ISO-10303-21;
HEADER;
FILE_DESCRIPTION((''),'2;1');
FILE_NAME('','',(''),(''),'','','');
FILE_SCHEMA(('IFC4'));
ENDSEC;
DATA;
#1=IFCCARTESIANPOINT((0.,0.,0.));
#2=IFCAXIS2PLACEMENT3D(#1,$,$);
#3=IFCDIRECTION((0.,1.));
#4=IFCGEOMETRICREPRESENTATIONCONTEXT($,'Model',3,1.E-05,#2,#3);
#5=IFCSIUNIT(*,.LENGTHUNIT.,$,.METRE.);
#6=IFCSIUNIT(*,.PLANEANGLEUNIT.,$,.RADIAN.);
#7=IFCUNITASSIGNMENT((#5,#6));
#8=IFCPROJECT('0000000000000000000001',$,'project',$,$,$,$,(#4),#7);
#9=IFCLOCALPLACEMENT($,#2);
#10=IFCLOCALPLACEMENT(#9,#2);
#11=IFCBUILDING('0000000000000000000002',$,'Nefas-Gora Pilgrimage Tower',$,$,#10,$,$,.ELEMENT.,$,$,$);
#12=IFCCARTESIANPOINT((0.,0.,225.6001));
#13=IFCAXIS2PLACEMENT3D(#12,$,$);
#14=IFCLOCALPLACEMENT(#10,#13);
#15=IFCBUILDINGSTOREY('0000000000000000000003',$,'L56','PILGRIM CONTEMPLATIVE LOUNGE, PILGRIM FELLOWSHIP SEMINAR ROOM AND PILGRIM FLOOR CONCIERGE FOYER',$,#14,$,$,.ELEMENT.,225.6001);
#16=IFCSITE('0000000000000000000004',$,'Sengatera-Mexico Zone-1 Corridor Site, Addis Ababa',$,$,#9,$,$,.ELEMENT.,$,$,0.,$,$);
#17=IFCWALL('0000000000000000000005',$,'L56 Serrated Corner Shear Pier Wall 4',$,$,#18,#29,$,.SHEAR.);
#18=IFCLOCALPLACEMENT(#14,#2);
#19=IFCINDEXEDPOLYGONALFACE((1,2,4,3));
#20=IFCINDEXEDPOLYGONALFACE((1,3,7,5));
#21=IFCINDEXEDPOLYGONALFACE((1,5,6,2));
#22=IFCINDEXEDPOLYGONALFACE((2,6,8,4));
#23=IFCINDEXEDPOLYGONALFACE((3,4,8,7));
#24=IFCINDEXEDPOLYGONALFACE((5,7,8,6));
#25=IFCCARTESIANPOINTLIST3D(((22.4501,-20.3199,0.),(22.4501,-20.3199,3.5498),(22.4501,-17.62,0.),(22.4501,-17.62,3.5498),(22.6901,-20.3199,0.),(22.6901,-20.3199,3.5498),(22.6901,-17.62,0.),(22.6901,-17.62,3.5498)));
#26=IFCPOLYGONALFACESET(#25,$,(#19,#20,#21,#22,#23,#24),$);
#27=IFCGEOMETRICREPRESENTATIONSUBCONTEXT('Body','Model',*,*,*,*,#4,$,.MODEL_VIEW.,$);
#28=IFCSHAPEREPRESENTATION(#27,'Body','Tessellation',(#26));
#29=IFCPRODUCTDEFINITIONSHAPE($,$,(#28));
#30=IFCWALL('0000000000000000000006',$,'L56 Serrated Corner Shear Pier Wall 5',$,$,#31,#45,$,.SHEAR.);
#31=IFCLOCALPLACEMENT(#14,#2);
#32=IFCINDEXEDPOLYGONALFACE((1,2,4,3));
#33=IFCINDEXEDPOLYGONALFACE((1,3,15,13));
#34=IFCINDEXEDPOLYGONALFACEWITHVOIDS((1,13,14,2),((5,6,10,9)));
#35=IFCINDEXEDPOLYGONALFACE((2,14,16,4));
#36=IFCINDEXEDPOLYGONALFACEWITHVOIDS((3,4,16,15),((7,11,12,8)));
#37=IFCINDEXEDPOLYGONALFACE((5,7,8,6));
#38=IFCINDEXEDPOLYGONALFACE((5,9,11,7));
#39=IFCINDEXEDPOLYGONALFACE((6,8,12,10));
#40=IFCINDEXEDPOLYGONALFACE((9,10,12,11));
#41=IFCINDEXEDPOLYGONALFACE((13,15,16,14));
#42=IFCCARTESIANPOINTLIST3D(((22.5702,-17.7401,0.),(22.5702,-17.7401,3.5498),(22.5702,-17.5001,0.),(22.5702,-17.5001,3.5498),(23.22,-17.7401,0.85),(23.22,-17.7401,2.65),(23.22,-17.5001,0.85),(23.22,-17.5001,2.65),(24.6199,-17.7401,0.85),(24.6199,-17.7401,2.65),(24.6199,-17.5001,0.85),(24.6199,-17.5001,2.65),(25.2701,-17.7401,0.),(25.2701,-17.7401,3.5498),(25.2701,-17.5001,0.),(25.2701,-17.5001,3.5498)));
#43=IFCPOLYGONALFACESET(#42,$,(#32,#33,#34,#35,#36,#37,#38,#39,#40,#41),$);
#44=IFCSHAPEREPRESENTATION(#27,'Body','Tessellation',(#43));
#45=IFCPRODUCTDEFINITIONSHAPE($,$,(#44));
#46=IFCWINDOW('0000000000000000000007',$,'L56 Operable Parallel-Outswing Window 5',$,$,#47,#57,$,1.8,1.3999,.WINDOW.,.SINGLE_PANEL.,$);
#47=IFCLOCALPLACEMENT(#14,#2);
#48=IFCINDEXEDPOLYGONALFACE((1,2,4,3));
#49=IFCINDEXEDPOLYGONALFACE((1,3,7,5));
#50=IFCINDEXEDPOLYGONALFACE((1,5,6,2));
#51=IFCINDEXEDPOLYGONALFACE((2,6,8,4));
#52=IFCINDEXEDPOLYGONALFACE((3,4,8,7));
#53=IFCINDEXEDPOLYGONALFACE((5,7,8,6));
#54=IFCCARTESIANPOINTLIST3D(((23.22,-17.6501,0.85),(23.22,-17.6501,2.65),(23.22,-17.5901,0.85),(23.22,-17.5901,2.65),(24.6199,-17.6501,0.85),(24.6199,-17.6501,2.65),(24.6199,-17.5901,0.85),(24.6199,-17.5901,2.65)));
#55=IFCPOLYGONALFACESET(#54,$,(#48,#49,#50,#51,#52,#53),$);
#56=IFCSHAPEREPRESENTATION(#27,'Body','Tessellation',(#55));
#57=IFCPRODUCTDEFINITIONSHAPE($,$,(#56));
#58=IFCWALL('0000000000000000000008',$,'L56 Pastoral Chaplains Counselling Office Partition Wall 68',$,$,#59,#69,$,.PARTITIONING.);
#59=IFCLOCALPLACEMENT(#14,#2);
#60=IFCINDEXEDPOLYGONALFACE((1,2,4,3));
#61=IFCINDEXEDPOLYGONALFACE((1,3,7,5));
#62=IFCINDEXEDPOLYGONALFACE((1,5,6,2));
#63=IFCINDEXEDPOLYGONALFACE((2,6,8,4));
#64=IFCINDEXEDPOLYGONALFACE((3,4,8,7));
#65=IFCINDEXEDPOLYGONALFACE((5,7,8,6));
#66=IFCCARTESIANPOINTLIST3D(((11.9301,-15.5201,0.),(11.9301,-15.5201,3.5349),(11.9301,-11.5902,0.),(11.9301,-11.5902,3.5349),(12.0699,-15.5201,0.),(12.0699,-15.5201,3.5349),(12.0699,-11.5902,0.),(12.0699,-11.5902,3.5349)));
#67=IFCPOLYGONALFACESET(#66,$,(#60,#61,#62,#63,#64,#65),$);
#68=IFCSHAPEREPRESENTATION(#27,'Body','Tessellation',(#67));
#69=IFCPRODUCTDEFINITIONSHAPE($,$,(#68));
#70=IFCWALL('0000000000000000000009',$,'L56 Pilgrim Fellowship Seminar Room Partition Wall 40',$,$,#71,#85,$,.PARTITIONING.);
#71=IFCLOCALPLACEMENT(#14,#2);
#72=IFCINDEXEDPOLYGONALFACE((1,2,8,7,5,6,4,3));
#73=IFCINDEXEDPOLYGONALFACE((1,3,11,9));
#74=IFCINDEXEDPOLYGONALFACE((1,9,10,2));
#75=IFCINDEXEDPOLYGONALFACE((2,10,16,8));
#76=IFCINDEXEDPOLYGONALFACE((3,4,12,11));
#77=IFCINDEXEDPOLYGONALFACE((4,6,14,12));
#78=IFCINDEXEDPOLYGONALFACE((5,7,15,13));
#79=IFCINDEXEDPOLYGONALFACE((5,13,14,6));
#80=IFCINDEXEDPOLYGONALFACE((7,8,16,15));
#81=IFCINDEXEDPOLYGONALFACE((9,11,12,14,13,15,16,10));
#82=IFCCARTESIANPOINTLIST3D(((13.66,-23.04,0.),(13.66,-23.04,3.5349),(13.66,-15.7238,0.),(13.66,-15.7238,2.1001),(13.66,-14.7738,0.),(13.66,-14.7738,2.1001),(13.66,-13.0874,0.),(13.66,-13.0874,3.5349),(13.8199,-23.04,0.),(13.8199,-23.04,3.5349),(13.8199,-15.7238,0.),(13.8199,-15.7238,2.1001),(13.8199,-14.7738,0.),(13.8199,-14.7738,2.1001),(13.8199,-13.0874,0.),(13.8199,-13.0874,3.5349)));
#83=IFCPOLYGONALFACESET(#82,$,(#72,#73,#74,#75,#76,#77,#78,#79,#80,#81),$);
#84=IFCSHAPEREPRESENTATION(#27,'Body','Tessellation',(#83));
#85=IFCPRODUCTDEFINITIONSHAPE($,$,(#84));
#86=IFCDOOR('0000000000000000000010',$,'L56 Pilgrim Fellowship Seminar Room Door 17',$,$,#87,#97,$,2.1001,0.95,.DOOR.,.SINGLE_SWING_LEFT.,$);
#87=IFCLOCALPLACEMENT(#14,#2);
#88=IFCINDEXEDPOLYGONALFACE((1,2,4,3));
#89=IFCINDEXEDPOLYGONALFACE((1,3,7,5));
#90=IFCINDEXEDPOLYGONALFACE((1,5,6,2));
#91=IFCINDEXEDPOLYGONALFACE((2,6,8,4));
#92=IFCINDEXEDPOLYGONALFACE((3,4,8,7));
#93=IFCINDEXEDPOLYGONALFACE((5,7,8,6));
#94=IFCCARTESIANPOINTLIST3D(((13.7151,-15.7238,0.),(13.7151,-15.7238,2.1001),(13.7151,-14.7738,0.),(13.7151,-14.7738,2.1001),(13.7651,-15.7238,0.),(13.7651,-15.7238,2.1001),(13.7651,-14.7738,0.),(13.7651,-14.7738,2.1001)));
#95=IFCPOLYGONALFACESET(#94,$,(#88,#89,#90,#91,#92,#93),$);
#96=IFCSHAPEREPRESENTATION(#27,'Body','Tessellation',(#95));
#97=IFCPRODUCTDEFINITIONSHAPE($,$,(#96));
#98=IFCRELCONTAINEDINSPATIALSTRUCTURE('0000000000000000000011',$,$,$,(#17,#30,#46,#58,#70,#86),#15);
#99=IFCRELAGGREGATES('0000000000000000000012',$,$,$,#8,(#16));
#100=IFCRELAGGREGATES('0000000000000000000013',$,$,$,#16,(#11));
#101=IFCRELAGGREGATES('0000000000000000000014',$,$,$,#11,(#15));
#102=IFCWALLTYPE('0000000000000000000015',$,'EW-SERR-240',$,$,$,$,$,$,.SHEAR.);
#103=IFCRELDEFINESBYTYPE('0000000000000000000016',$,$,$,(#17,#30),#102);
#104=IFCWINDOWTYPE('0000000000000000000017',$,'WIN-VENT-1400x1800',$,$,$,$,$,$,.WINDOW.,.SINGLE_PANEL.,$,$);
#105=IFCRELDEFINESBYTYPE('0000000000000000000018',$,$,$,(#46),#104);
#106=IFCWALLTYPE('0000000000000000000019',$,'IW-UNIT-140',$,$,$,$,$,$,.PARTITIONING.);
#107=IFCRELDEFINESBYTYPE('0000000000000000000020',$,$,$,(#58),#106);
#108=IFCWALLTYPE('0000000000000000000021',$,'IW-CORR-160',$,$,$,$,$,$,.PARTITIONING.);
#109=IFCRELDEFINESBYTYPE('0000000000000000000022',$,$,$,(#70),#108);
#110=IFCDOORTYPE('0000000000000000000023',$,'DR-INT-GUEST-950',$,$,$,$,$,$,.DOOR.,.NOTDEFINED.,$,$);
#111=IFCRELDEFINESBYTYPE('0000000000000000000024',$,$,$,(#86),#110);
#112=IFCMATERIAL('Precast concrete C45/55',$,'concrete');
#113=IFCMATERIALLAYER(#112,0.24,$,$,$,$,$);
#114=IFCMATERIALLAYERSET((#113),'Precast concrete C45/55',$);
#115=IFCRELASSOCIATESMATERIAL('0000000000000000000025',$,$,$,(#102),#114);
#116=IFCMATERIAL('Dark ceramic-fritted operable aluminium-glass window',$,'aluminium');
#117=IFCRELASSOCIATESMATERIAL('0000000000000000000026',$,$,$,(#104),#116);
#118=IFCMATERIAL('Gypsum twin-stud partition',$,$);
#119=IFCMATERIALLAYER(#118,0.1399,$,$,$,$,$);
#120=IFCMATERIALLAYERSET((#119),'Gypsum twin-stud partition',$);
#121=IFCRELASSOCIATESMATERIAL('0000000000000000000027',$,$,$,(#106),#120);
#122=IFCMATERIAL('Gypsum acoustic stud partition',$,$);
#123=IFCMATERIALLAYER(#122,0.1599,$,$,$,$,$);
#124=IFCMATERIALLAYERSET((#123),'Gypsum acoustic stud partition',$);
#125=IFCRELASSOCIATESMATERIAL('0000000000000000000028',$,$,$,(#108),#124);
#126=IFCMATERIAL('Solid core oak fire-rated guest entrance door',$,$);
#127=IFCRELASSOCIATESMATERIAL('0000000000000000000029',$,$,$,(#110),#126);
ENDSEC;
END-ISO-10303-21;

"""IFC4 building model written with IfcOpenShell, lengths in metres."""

from ifc_helpers import new_model, si_unit, direction, frame, frame_2d, origin, place, context, subcontext, project, spatial, rectangle, extrude, source, transform, mapped, material, layer, layer_set, type_object, element, fill, save


model = new_model("IFC4")

# Units and contexts
model_context = context("Model", 3, precision=1e-05, world=origin(), true_north=direction((0.0, 1.0)))
body_context = subcontext(model_context, "Body", "Model", "MODEL_VIEW")
ifc_project = project(units=[si_unit("LENGTHUNIT", "METRE"), si_unit("PLANEANGLEUNIT", "RADIAN")], contexts=[model_context])

# Site, building, storey
site_placement = place(None, origin())
site = spatial("IfcSite", under=ifc_project, at=site_placement, Name="Sengatera-Mexico Zone-1 Corridor Site, Addis Ababa", CompositionType="ELEMENT", RefElevation=0.0)
building_placement = place(site_placement, origin())
building = spatial("IfcBuilding", under=site, at=building_placement, Name="Nefas-Gora Pilgrimage Tower", CompositionType="ELEMENT")
storey_placement = place(building_placement, frame((0.0, 0.0, 225.6001)))
storey = spatial("IfcBuildingStorey", under=building, at=storey_placement, Name="L56", Description="PILGRIM CONTEMPLATIVE LOUNGE, PILGRIM FELLOWSHIP SEMINAR ROOM AND PILGRIM FLOOR CONCIERGE FOYER", CompositionType="ELEMENT", Elevation=225.6001)

# Wall
ifc_material_1 = material(Name="Precast concrete C45/55", Category="concrete")
ifc_layer_1 = layer(ifc_material_1, 0.24)
ifc_layer_set_1 = layer_set([ifc_layer_1], Name="Precast concrete C45/55")
wall_type_1 = type_object("IfcWallType", Name="EW-SERR-240", PredefinedType="SHEAR", material=ifc_layer_set_1)
shared_shape_1 = source(origin(), body_context, "Body", "SweptSolid", [
    extrude(rectangle(XDim=2.7, YDim=0.24, at=frame_2d((1.3501, 0.0))), origin(), (0.0, 0.0, 1.0), 3.5498),
])
for number, where, z_axis, x_axis, name in (
    (1, (22.5701, -20.3201, 0.0), (0.0, 0.0, 1.0), (0.0, 1.0, 0.0), "L56 Serrated Corner Shear Pier Wall 4"),
):
    element("IfcWall", number, at=place(storey_placement, frame(where, z_axis=z_axis, x_axis=x_axis)), inside=storey, type_object=wall_type_1, Name=name, PredefinedType="SHEAR", context=body_context, shape_type="MappedRepresentation", body=[
        mapped(shared_shape_1, transform((0.0, 0.0, 0.0), x_axis=(1.0, 0.0, 0.0), y_axis=(0.0, 1.0, 0.0), z_axis=(0.0, 0.0, 1.0), scale=1.0)),
    ])

# Wall, opening, window
wall_1_placement = place(storey_placement, frame((22.5701, -17.6201, 0.0), z_axis=(0.0, 0.0, 1.0), x_axis=(1.0, 0.0, 0.0)))
wall_1 = element("IfcWall", 2, at=wall_1_placement, inside=storey, type_object=wall_type_1, Name="L56 Serrated Corner Shear Pier Wall 5", PredefinedType="SHEAR", context=body_context, shape_type="MappedRepresentation", body=[
    mapped(shared_shape_1, transform((0.0, 0.0, 0.0), x_axis=(1.0, 0.0, 0.0), y_axis=(0.0, 1.0, 0.0), z_axis=(0.0, 0.0, 1.0), scale=1.0)),
])
opening_1_placement = place(wall_1_placement, frame((0.6499, 0.0, 0.8501)))
opening_1 = element("IfcOpeningElement", 3, at=opening_1_placement, cuts=wall_1, PredefinedType="OPENING", context=body_context, shape_type="SweptSolid", body=[
    extrude(rectangle(XDim=1.3999, YDim=1.8, at=frame_2d((0.7, 0.8999))), frame((0.0, 0.1299, 0.0), z_axis=(0.0, -1.0, 0.0), x_axis=(1.0, 0.0, 0.0)), (0.0, 0.0, 1.0), 0.26),
])
ifc_material_2 = material(Name="Dark ceramic-fritted operable aluminium-glass window", Category="aluminium")
window_type = type_object("IfcWindowType", Name="WIN-VENT-1400x1800", PartitioningType="SINGLE_PANEL", PredefinedType="WINDOW", material=ifc_material_2)
shared_shape_2 = source(origin(), body_context, "Body", "SweptSolid", [
    extrude(rectangle(XDim=1.3999, YDim=1.8, at=frame_2d((0.7, 0.8999))), frame((0.0, 0.03, 0.0), z_axis=(0.0, -1.0, 0.0), x_axis=(1.0, 0.0, 0.0)), (0.0, 0.0, 1.0), 0.0601),
])
window_placement = place(opening_1_placement, origin())
window = element("IfcWindow", 4, at=window_placement, inside=storey, type_object=window_type, Name="L56 Operable Parallel-Outswing Window 5", OverallHeight=1.8, OverallWidth=1.3999, PartitioningType="SINGLE_PANEL", PredefinedType="WINDOW", context=body_context, shape_type="MappedRepresentation", body=[
    mapped(shared_shape_2, transform((0.0, 0.0, 0.0), x_axis=(1.0, 0.0, 0.0), y_axis=(0.0, 1.0, 0.0), z_axis=(0.0, 0.0, 1.0), scale=1.0)),
])
fill(opening_1, window)

# Wall
ifc_material_3 = material(Name="Gypsum twin-stud partition")
ifc_layer_2 = layer(ifc_material_3, 0.1399)
ifc_layer_set_2 = layer_set([ifc_layer_2], Name="Gypsum twin-stud partition")
wall_type_2 = type_object("IfcWallType", Name="IW-UNIT-140", PredefinedType="PARTITIONING", material=ifc_layer_set_2)
shared_shape_3 = source(origin(), body_context, "Body", "SweptSolid", [
    extrude(rectangle(XDim=3.9299, YDim=0.1399, at=frame_2d((1.9648, 0.0))), origin(), (0.0, 0.0, 1.0), 3.5349),
])
wall_2_placement = place(storey_placement, frame((12.0, -15.52, 0.0), z_axis=(0.0, 0.0, 1.0), x_axis=(0.0, 1.0, 0.0)))
element("IfcWall", 5, at=wall_2_placement, inside=storey, type_object=wall_type_2, Name="L56 Pastoral Chaplains Counselling Office Partition Wall 68", PredefinedType="PARTITIONING", context=body_context, shape_type="MappedRepresentation", body=[
    mapped(shared_shape_3, transform((0.0, 0.0, 0.0), x_axis=(1.0, 0.0, 0.0), y_axis=(0.0, 1.0, 0.0), z_axis=(0.0, 0.0, 1.0), scale=1.0)),
])

# Wall, opening, door
ifc_material_4 = material(Name="Gypsum acoustic stud partition")
ifc_layer_3 = layer(ifc_material_4, 0.1599)
ifc_layer_set_3 = layer_set([ifc_layer_3], Name="Gypsum acoustic stud partition")
wall_type_3 = type_object("IfcWallType", Name="IW-CORR-160", PredefinedType="PARTITIONING", material=ifc_layer_set_3)
shared_shape_4 = source(origin(), body_context, "Body", "SweptSolid", [
    extrude(rectangle(XDim=9.9526, YDim=0.1599, at=frame_2d((4.9763, 0.0))), origin(), (0.0, 0.0, 1.0), 3.5349),
])
wall_3_placement = place(storey_placement, frame((13.74, -23.04, 0.0), z_axis=(0.0, 0.0, 1.0), x_axis=(0.0, 1.0, 0.0)))
wall_3 = element("IfcWall", 6, at=wall_3_placement, inside=storey, type_object=wall_type_3, Name="L56 Pilgrim Fellowship Seminar Room Partition Wall 40", PredefinedType="PARTITIONING", context=body_context, shape_type="MappedRepresentation", body=[
    mapped(shared_shape_4, transform((0.0, 0.0, 0.0), x_axis=(1.0, 0.0, 0.0), y_axis=(0.0, 1.0, 0.0), z_axis=(0.0, 0.0, 1.0), scale=1.0)),
])
opening_2_placement = place(wall_3_placement, frame((7.3162, 0.0, 0.0)))
opening_2 = element("IfcOpeningElement", 7, at=opening_2_placement, cuts=wall_3, PredefinedType="OPENING", context=body_context, shape_type="SweptSolid", body=[
    extrude(rectangle(XDim=0.95, YDim=2.1001, at=frame_2d((0.4751, 1.05))), frame((0.0, 0.0898, 0.0), z_axis=(0.0, -1.0, 0.0), x_axis=(1.0, 0.0, 0.0)), (0.0, 0.0, 1.0), 0.1799),
])
ifc_material_5 = material(Name="Solid core oak fire-rated guest entrance door")
door_type = type_object("IfcDoorType", Name="DR-INT-GUEST-950", OperationType="NOTDEFINED", PredefinedType="DOOR", material=ifc_material_5)
shared_shape_5 = source(origin(), body_context, "Body", "SweptSolid", [
    extrude(rectangle(XDim=0.95, YDim=2.1001, at=frame_2d((0.4751, 1.05))), frame((0.0, 0.0249, 0.0), z_axis=(0.0, -1.0, 0.0), x_axis=(1.0, 0.0, 0.0)), (0.0, 0.0, 1.0), 0.05),
])
door_placement = place(opening_2_placement, origin())
door = element("IfcDoor", 8, at=door_placement, inside=storey, type_object=door_type, Name="L56 Pilgrim Fellowship Seminar Room Door 17", OperationType="SINGLE_SWING_LEFT", OverallHeight=2.1001, OverallWidth=0.95, PredefinedType="DOOR", context=body_context, shape_type="MappedRepresentation", body=[
    mapped(shared_shape_5, transform((0.0, 0.0, 0.0), x_axis=(1.0, 0.0, 0.0), y_axis=(0.0, 1.0, 0.0), z_axis=(0.0, 0.0, 1.0), scale=1.0)),
])
fill(opening_2, door)

save(model, "model.ifc")
